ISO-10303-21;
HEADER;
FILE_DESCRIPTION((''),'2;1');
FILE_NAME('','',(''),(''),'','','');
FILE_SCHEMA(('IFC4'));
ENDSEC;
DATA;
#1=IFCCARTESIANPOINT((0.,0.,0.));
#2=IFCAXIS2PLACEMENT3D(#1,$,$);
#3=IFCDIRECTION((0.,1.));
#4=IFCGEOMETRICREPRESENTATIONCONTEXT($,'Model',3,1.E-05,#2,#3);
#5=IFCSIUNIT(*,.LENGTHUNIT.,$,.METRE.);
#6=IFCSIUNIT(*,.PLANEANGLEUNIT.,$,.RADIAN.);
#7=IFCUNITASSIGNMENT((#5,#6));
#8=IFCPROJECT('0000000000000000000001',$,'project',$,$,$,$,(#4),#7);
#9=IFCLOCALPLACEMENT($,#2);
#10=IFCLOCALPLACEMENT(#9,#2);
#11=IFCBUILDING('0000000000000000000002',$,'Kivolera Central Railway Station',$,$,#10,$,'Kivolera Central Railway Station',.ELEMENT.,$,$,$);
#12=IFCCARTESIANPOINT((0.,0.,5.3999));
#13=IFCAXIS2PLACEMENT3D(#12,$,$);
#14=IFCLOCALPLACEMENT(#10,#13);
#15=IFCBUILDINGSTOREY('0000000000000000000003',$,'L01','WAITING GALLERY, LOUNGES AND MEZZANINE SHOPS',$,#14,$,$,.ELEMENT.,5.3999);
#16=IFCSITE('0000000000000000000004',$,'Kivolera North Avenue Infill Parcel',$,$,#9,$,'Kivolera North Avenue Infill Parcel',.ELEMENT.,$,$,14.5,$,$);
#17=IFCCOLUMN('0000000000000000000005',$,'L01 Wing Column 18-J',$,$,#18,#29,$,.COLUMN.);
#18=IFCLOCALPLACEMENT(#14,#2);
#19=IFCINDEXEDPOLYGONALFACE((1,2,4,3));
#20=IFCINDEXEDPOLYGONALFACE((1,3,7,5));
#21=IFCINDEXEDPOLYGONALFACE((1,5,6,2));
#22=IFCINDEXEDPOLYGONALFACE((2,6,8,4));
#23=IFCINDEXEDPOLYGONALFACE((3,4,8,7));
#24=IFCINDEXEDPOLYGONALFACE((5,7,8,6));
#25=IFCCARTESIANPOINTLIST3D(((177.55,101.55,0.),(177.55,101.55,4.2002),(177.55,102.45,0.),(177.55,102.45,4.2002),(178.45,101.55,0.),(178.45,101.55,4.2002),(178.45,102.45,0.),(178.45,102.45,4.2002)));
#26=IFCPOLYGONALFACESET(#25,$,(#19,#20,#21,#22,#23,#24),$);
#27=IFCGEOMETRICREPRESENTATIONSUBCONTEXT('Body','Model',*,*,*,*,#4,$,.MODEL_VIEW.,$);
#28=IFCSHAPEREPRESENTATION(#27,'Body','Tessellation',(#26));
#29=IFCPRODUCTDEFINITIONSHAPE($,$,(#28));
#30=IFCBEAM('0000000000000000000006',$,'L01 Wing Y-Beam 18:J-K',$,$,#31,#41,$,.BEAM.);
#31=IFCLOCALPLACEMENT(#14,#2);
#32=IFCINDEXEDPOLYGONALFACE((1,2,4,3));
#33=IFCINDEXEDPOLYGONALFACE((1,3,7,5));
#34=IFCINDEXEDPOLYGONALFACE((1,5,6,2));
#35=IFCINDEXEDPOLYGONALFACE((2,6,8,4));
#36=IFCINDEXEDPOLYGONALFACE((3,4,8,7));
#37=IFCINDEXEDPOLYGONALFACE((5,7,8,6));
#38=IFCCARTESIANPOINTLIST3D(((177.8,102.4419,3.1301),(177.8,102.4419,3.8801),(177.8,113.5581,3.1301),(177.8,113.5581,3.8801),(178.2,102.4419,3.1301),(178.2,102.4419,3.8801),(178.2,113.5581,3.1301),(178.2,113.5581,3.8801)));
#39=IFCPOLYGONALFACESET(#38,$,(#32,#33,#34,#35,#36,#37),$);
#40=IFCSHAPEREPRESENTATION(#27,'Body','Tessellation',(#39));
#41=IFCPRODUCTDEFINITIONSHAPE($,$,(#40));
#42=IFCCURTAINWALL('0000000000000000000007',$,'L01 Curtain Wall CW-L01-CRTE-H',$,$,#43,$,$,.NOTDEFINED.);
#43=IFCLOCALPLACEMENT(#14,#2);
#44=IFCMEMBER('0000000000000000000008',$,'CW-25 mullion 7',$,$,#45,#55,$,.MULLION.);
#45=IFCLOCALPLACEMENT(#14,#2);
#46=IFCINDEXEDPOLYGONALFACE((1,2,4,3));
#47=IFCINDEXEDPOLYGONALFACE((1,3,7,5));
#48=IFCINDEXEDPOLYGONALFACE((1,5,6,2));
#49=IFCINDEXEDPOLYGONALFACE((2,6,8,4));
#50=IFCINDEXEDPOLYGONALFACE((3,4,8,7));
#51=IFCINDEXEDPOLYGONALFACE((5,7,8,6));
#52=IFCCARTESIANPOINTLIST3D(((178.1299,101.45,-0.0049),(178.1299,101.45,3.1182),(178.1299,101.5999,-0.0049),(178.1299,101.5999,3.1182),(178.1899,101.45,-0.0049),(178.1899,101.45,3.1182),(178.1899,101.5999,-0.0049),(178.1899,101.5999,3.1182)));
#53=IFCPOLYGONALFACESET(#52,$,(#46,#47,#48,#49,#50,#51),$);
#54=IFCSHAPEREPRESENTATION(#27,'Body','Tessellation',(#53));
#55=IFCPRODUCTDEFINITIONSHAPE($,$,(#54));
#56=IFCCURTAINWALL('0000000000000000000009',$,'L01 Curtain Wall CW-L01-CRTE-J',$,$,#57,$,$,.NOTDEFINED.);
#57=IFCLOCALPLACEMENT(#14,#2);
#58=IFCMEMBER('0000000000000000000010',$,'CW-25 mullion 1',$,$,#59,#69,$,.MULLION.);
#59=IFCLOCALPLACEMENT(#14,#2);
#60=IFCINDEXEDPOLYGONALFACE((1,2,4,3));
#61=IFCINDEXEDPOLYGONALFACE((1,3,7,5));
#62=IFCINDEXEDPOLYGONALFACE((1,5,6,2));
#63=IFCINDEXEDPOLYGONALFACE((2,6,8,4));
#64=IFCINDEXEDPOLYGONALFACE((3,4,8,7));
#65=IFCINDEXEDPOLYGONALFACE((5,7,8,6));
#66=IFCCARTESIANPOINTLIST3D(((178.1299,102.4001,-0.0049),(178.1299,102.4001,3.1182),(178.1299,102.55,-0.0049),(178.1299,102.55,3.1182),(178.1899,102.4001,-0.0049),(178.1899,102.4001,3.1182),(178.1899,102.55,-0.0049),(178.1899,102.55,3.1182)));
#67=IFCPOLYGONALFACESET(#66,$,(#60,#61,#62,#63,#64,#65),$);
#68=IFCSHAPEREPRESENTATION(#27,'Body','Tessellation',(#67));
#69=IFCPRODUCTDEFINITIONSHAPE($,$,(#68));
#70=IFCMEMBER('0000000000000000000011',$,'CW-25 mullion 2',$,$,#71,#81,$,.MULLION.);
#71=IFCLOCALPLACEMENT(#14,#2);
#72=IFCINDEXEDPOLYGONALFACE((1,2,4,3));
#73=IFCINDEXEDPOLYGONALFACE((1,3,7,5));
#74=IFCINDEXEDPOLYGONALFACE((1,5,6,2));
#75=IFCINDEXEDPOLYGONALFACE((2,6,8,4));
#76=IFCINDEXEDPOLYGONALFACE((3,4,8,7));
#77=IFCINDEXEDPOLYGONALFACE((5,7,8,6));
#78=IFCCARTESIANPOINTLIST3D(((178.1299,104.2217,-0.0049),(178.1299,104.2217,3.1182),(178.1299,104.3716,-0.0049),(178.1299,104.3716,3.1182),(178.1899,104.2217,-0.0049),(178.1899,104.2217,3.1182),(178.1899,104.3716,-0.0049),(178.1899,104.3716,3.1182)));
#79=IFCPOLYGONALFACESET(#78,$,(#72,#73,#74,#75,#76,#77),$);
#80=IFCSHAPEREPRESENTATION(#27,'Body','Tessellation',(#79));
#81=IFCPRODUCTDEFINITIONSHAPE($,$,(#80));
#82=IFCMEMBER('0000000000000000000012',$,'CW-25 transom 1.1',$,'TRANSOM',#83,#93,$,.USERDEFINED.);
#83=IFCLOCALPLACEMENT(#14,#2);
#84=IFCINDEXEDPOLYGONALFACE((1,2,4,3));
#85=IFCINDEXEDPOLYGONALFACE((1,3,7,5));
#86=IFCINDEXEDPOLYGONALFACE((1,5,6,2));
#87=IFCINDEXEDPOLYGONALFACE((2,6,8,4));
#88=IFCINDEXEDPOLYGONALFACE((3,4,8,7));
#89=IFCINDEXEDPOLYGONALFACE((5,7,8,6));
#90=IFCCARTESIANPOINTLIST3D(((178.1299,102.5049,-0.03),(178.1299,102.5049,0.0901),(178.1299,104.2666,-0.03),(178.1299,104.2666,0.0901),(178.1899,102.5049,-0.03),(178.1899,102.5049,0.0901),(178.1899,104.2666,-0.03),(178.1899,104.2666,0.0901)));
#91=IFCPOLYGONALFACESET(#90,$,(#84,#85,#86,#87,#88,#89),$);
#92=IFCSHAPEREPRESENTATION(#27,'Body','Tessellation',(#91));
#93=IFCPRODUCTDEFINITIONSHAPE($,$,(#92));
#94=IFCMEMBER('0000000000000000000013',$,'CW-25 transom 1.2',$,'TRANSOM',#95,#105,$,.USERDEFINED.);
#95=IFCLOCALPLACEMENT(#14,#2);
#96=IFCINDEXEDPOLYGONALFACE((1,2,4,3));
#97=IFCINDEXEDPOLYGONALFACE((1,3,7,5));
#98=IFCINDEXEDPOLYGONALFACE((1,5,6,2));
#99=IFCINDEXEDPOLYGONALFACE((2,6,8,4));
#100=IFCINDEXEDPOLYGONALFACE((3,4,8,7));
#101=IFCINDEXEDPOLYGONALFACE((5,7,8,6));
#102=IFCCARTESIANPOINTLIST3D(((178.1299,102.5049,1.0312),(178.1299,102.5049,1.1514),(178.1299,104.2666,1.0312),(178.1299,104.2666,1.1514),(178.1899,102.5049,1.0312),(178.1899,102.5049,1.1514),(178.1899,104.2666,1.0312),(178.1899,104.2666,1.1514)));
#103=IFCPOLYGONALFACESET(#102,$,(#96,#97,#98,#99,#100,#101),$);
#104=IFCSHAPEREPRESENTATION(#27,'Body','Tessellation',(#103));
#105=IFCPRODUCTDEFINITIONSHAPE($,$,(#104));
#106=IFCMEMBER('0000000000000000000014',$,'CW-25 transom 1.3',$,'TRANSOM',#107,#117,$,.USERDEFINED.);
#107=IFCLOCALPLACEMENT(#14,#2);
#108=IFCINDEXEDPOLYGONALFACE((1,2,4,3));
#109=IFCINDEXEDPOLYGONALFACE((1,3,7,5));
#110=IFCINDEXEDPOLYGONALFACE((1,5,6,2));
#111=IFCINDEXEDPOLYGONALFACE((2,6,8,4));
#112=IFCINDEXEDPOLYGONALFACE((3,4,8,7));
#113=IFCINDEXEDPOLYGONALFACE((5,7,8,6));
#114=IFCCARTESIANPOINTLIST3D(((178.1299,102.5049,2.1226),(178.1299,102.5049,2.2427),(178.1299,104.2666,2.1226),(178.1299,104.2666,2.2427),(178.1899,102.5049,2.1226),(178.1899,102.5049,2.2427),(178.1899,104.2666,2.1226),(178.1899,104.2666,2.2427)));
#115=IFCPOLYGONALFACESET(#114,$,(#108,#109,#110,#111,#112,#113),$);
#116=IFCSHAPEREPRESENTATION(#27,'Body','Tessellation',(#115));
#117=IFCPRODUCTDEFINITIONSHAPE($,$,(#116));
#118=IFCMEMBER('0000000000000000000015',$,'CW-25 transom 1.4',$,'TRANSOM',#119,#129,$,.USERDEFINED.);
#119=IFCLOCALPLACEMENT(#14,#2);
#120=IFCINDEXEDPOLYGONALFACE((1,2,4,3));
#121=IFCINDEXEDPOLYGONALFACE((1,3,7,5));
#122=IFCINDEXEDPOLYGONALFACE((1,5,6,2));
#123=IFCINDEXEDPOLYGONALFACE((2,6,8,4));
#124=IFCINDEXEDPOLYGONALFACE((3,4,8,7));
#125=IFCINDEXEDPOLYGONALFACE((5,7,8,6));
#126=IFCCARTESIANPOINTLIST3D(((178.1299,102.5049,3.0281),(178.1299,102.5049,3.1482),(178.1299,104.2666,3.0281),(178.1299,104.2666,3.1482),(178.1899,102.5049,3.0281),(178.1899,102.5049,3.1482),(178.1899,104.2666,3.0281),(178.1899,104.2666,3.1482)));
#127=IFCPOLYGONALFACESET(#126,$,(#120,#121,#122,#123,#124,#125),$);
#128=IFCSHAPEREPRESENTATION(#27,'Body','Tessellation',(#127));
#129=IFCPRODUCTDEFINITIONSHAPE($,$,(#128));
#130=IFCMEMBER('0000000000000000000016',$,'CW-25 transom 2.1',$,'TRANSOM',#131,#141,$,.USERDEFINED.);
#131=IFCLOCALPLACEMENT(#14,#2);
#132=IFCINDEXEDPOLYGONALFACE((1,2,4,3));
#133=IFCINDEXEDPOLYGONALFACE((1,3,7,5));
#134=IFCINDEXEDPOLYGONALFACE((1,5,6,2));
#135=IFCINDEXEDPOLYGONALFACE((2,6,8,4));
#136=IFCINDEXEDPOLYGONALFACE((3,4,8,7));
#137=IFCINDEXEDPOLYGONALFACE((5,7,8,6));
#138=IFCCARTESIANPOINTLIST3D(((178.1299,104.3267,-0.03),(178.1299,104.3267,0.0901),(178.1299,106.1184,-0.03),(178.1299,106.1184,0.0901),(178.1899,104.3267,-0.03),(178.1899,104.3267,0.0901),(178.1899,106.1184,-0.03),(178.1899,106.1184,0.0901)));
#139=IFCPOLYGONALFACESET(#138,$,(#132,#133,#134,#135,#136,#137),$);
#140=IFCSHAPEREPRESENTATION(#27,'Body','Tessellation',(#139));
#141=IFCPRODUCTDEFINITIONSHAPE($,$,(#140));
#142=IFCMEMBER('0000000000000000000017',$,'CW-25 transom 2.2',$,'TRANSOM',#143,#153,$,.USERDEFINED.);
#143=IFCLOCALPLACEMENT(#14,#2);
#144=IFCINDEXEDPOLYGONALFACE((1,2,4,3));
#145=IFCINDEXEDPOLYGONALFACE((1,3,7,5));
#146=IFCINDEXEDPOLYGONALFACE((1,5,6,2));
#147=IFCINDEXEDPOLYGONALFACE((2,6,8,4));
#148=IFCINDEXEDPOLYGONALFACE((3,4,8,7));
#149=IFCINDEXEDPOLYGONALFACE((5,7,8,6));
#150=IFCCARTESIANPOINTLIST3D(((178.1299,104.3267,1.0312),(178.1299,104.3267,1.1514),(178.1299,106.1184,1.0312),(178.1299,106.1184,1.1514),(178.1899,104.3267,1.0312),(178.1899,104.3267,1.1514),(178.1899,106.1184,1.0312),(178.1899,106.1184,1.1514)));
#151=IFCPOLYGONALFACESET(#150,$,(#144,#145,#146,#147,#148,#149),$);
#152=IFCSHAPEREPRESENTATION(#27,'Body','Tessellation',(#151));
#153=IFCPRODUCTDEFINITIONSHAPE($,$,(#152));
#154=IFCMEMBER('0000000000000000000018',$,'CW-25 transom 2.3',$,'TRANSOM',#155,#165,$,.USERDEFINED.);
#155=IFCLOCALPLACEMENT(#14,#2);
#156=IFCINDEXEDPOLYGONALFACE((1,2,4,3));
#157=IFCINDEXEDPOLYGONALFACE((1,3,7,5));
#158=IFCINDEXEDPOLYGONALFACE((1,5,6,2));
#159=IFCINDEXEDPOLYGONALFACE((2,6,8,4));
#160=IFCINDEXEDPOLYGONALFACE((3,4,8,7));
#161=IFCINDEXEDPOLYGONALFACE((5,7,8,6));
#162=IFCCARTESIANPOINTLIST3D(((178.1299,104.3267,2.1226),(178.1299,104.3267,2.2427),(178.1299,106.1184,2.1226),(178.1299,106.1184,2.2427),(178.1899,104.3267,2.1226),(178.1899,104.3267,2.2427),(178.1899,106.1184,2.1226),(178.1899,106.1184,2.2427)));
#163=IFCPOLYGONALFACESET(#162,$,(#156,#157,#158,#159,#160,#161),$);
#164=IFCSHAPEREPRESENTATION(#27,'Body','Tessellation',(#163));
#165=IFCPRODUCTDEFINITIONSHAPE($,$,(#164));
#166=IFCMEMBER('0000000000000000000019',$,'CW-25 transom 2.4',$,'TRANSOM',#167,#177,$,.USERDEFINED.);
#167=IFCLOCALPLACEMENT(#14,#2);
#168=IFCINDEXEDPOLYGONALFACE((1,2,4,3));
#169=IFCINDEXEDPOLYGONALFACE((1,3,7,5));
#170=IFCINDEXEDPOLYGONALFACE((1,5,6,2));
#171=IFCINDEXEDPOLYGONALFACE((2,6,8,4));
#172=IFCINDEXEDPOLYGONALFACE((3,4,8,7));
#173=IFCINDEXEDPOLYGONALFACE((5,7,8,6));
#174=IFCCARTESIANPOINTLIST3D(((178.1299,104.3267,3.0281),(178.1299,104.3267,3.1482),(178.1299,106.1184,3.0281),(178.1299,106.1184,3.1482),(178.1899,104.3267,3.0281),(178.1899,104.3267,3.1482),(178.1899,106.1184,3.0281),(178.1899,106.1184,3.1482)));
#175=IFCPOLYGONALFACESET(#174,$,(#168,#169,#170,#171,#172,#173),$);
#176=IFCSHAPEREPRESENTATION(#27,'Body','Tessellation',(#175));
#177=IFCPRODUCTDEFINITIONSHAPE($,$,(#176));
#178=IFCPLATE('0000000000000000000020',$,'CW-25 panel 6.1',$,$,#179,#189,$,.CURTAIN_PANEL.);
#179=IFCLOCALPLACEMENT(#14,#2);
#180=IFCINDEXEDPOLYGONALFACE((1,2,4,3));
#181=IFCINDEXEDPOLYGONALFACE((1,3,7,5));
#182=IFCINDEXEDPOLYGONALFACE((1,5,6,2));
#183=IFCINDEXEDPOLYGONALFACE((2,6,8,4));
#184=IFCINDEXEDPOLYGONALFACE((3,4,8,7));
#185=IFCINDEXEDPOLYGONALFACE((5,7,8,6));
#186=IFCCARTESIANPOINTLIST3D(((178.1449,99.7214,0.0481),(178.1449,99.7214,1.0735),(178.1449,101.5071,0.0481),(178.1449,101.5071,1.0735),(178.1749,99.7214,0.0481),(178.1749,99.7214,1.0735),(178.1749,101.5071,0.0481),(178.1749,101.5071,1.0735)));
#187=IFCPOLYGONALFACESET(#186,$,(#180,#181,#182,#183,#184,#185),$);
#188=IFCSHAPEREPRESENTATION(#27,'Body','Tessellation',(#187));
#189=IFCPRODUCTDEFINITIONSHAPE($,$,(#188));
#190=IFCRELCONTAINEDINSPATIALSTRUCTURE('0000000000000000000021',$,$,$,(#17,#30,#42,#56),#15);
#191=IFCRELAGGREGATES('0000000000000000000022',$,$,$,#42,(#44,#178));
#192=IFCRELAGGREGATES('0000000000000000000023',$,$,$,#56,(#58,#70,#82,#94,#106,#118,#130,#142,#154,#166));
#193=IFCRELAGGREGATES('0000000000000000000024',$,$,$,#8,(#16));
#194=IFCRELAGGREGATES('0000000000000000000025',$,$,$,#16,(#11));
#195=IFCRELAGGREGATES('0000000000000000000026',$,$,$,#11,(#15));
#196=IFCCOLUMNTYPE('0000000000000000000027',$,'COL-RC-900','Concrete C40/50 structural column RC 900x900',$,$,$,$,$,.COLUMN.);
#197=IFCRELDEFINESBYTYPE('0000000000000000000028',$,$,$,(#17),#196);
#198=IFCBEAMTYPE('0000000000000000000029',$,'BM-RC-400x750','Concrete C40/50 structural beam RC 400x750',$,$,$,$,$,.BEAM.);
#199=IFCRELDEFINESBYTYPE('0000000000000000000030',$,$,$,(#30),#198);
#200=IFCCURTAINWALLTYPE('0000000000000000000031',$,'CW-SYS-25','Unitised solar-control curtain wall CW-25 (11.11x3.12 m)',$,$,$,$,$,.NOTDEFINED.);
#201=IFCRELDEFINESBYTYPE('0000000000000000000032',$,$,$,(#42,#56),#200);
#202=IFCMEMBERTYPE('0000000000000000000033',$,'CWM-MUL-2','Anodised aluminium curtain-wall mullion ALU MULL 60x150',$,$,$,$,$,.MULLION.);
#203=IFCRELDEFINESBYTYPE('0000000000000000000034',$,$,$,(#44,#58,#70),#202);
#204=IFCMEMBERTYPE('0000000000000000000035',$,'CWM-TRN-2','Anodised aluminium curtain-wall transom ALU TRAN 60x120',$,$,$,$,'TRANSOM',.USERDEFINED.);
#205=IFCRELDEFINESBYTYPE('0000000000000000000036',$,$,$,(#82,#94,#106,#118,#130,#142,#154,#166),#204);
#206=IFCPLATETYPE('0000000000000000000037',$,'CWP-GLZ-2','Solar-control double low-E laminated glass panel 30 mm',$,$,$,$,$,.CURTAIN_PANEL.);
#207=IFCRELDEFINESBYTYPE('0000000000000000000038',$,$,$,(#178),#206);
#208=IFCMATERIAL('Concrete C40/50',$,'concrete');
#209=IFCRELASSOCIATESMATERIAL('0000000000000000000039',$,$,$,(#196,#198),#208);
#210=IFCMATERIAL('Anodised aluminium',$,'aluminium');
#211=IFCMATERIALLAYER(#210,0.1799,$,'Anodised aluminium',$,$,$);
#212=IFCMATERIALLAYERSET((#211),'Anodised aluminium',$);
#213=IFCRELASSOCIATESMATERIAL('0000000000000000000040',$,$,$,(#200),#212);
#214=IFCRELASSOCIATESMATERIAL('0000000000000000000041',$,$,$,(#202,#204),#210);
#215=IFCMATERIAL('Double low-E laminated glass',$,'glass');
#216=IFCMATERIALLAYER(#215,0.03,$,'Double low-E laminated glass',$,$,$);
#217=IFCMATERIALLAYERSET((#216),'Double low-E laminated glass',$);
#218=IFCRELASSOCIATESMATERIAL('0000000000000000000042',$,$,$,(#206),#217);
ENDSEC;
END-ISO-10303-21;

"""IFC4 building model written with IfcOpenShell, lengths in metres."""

from ifc_helpers import new_model, si_unit, direction, frame, origin, origin_2d, place, context, subcontext, project, spatial, rectangle, extrude, material, layer, layer_set, material_profile, profile_set, type_object, element, aggregate, save


model = new_model("IFC4")

# Units and contexts
model_context = context("Model", 3, precision=1e-05, world=origin(), true_north=direction((0.0, 1.0)))
body_context = subcontext(model_context, "Body", "Model", "MODEL_VIEW")
ifc_project = project(units=[si_unit("LENGTHUNIT", "METRE"), si_unit("PLANEANGLEUNIT", "RADIAN")], contexts=[model_context])

# Site, building, storey
site_placement = place(None, origin())
site = spatial("IfcSite", under=ifc_project, at=site_placement, Name="Kivolera North Avenue Infill Parcel", LongName="Kivolera North Avenue Infill Parcel", CompositionType="ELEMENT", RefElevation=14.5)
building_placement = place(site_placement, origin())
building = spatial("IfcBuilding", under=site, at=building_placement, Name="Kivolera Central Railway Station", LongName="Kivolera Central Railway Station", CompositionType="ELEMENT")
storey_placement = place(building_placement, frame((0.0, 0.0, 5.3999)))
storey = spatial("IfcBuildingStorey", under=building, at=storey_placement, Name="L01", Description="WAITING GALLERY, LOUNGES AND MEZZANINE SHOPS", CompositionType="ELEMENT", Elevation=5.3999)

# Column
ifc_material_1 = material(Name="Concrete C40/50", Category="concrete")
ifc_material_profile_1 = material_profile(ifc_material_1, rectangle(XDim=0.8999, YDim=0.8999, at=origin_2d()), Name="RC 900x900")
ifc_profile_set_1 = profile_set([ifc_material_profile_1], Name="Concrete C40/50")
column_type = type_object("IfcColumnType", Name="COL-RC-900", Description="Concrete C40/50 structural column RC 900x900", PredefinedType="COLUMN", material=ifc_profile_set_1)
column_placement = place(storey_placement, frame((178.0, 102.0, 0.0), z_axis=(0.0, 0.0, 1.0), x_axis=(1.0, 0.0, 0.0)))
element("IfcColumn", 1, at=column_placement, inside=storey, type_object=column_type, Name="L01 Wing Column 18-J", PredefinedType="COLUMN", context=body_context, shape_type="SweptSolid", body=[
    extrude(rectangle(XDim=0.8999, YDim=0.8999, at=origin_2d()), origin(), (0.0, 0.0, 1.0), 4.2002),
])

# Beam
ifc_material_profile_2 = material_profile(ifc_material_1, rectangle(XDim=0.3999, YDim=0.75, at=origin_2d()), Name="RC 400x750")
ifc_profile_set_2 = profile_set([ifc_material_profile_2], Name="Concrete C40/50")
beam_type = type_object("IfcBeamType", Name="BM-RC-400x750", Description="Concrete C40/50 structural beam RC 400x750", PredefinedType="BEAM", material=ifc_profile_set_2)
beam_placement = place(storey_placement, frame((178.0, 102.4419, 3.5051), z_axis=(0.0, 1.0, 0.0), x_axis=(-1.0, 0.0, 0.0)))
element("IfcBeam", 2, at=beam_placement, inside=storey, type_object=beam_type, Name="L01 Wing Y-Beam 18:J-K", PredefinedType="BEAM", context=body_context, shape_type="SweptSolid", body=[
    extrude(rectangle(XDim=0.3999, YDim=0.75, at=origin_2d()), origin(), (0.0, 0.0, 1.0), 11.1162),
])

# Curtain wall, member
ifc_material_2 = material(Name="Anodised aluminium", Category="aluminium")
ifc_layer_1 = layer(ifc_material_2, 0.1799, Name="Anodised aluminium")
ifc_layer_set_1 = layer_set([ifc_layer_1], Name="Anodised aluminium")
curtain_wall_type = type_object("IfcCurtainWallType", Name="CW-SYS-25", Description="Unitised solar-control curtain wall CW-25 (11.11x3.12 m)", PredefinedType="NOTDEFINED", material=ifc_layer_set_1)
curtain_wall_1_placement = place(storey_placement, origin())
curtain_wall_1 = element("IfcCurtainWall", 3, at=curtain_wall_1_placement, inside=storey, type_object=curtain_wall_type, Name="L01 Curtain Wall CW-L01-CRTE-H", PredefinedType="NOTDEFINED")
ifc_material_profile_3 = material_profile(ifc_material_2, rectangle(XDim=0.0601, YDim=0.1499, at=origin_2d()), Name="ALU MULL 60x150")
ifc_profile_set_3 = profile_set([ifc_material_profile_3], Name="Anodised aluminium")
member_type_1 = type_object("IfcMemberType", Name="CWM-MUL-2", Description="Anodised aluminium curtain-wall mullion ALU MULL 60x150", PredefinedType="MULLION", material=ifc_profile_set_3)
member_1_placement = place(storey_placement, frame((178.1599, 101.5249, -0.0049), z_axis=(0.0, 0.0, 1.0), x_axis=(-1.0, 0.0, 0.0)))
member_1 = element("IfcMember", 4, at=member_1_placement, type_object=member_type_1, Name="CW-25 mullion 7", PredefinedType="MULLION", context=body_context, shape_type="SweptSolid", body=[
    extrude(rectangle(XDim=0.0601, YDim=0.1499, at=origin_2d()), origin(), (0.0, 0.0, 1.0), 3.123),
])

# Curtain wall, members
curtain_wall_2_placement = place(storey_placement, origin())
curtain_wall_2 = element("IfcCurtainWall", 5, at=curtain_wall_2_placement, inside=storey, type_object=curtain_wall_type, Name="L01 Curtain Wall CW-L01-CRTE-J", PredefinedType="NOTDEFINED")
member_2_placement = place(storey_placement, frame((178.1599, 102.4751, -0.0049), z_axis=(0.0, 0.0, 1.0), x_axis=(-1.0, 0.0, 0.0)))
member_2 = element("IfcMember", 6, at=member_2_placement, type_object=member_type_1, Name="CW-25 mullion 1", PredefinedType="MULLION", context=body_context, shape_type="SweptSolid", body=[
    extrude(rectangle(XDim=0.0601, YDim=0.1499, at=origin_2d()), origin(), (0.0, 0.0, 1.0), 3.123),
])
member_3_placement = place(storey_placement, frame((178.1599, 104.2966, -0.0049), z_axis=(0.0, 0.0, 1.0), x_axis=(-1.0, 0.0, 0.0)))
member_3 = element("IfcMember", 7, at=member_3_placement, type_object=member_type_1, Name="CW-25 mullion 2", PredefinedType="MULLION", context=body_context, shape_type="SweptSolid", body=[
    extrude(rectangle(XDim=0.0601, YDim=0.1499, at=origin_2d()), origin(), (0.0, 0.0, 1.0), 3.123),
])
ifc_material_profile_4 = material_profile(ifc_material_2, rectangle(XDim=0.0601, YDim=0.1201, at=origin_2d()), Name="ALU TRAN 60x120")
ifc_profile_set_4 = profile_set([ifc_material_profile_4], Name="Anodised aluminium")
member_type_2 = type_object("IfcMemberType", Name="CWM-TRN-2", Description="Anodised aluminium curtain-wall transom ALU TRAN 60x120", ElementType="TRANSOM", PredefinedType="USERDEFINED", material=ifc_profile_set_4)
member_4_placement = place(storey_placement, frame((178.1599, 102.5049, 0.03), z_axis=(0.0, 1.0, 0.0), x_axis=(-1.0, 0.0, 0.0)))
member_4 = element("IfcMember", 8, at=member_4_placement, type_object=member_type_2, Name="CW-25 transom 1.1", ObjectType="TRANSOM", PredefinedType="USERDEFINED", context=body_context, shape_type="SweptSolid", body=[
    extrude(rectangle(XDim=0.0601, YDim=0.1201, at=origin_2d()), origin(), (0.0, 0.0, 1.0), 1.7617),
])
member_5_placement = place(storey_placement, frame((178.1599, 102.5049, 1.0913), z_axis=(0.0, 1.0, 0.0), x_axis=(-1.0, 0.0, 0.0)))
member_5 = element("IfcMember", 9, at=member_5_placement, type_object=member_type_2, Name="CW-25 transom 1.2", ObjectType="TRANSOM", PredefinedType="USERDEFINED", context=body_context, shape_type="SweptSolid", body=[
    extrude(rectangle(XDim=0.0601, YDim=0.1201, at=origin_2d()), origin(), (0.0, 0.0, 1.0), 1.7617),
])
member_6_placement = place(storey_placement, frame((178.1599, 102.5049, 2.1826), z_axis=(0.0, 1.0, 0.0), x_axis=(-1.0, 0.0, 0.0)))
member_6 = element("IfcMember", 10, at=member_6_placement, type_object=member_type_2, Name="CW-25 transom 1.3", ObjectType="TRANSOM", PredefinedType="USERDEFINED", context=body_context, shape_type="SweptSolid", body=[
    extrude(rectangle(XDim=0.0601, YDim=0.1201, at=origin_2d()), origin(), (0.0, 0.0, 1.0), 1.7617),
])
member_7_placement = place(storey_placement, frame((178.1599, 102.5049, 3.0881), z_axis=(0.0, 1.0, 0.0), x_axis=(-1.0, 0.0, 0.0)))
member_7 = element("IfcMember", 11, at=member_7_placement, type_object=member_type_2, Name="CW-25 transom 1.4", ObjectType="TRANSOM", PredefinedType="USERDEFINED", context=body_context, shape_type="SweptSolid", body=[
    extrude(rectangle(XDim=0.0601, YDim=0.1201, at=origin_2d()), origin(), (0.0, 0.0, 1.0), 1.7617),
])
member_8_placement = place(storey_placement, frame((178.1599, 104.3267, 0.03), z_axis=(0.0, 1.0, 0.0), x_axis=(-1.0, 0.0, 0.0)))
member_8 = element("IfcMember", 12, at=member_8_placement, type_object=member_type_2, Name="CW-25 transom 2.1", ObjectType="TRANSOM", PredefinedType="USERDEFINED", context=body_context, shape_type="SweptSolid", body=[
    extrude(rectangle(XDim=0.0601, YDim=0.1201, at=origin_2d()), origin(), (0.0, 0.0, 1.0), 1.7917),
])
member_9_placement = place(storey_placement, frame((178.1599, 104.3267, 1.0913), z_axis=(0.0, 1.0, 0.0), x_axis=(-1.0, 0.0, 0.0)))
member_9 = element("IfcMember", 13, at=member_9_placement, type_object=member_type_2, Name="CW-25 transom 2.2", ObjectType="TRANSOM", PredefinedType="USERDEFINED", context=body_context, shape_type="SweptSolid", body=[
    extrude(rectangle(XDim=0.0601, YDim=0.1201, at=origin_2d()), origin(), (0.0, 0.0, 1.0), 1.7917),
])
member_10_placement = place(storey_placement, frame((178.1599, 104.3267, 2.1826), z_axis=(0.0, 1.0, 0.0), x_axis=(-1.0, 0.0, 0.0)))
member_10 = element("IfcMember", 14, at=member_10_placement, type_object=member_type_2, Name="CW-25 transom 2.3", ObjectType="TRANSOM", PredefinedType="USERDEFINED", context=body_context, shape_type="SweptSolid", body=[
    extrude(rectangle(XDim=0.0601, YDim=0.1201, at=origin_2d()), origin(), (0.0, 0.0, 1.0), 1.7917),
])
member_11_placement = place(storey_placement, frame((178.1599, 104.3267, 3.0881), z_axis=(0.0, 1.0, 0.0), x_axis=(-1.0, 0.0, 0.0)))
member_11 = element("IfcMember", 15, at=member_11_placement, type_object=member_type_2, Name="CW-25 transom 2.4", ObjectType="TRANSOM", PredefinedType="USERDEFINED", context=body_context, shape_type="SweptSolid", body=[
    extrude(rectangle(XDim=0.0601, YDim=0.1201, at=origin_2d()), origin(), (0.0, 0.0, 1.0), 1.7917),
])

# Plate
ifc_material_3 = material(Name="Double low-E laminated glass", Category="glass")
ifc_layer_2 = layer(ifc_material_3, 0.03, Name="Double low-E laminated glass")
ifc_layer_set_2 = layer_set([ifc_layer_2], Name="Double low-E laminated glass")
plate_type = type_object("IfcPlateType", Name="CWP-GLZ-2", Description="Solar-control double low-E laminated glass panel 30 mm", PredefinedType="CURTAIN_PANEL", material=ifc_layer_set_2)
plate_1_placement = place(storey_placement, frame((178.1599, 100.6143, 0.0481), z_axis=(0.0, 0.0, 1.0), x_axis=(0.0, 1.0, 0.0)))
plate_1 = element("IfcPlate", 16, at=plate_1_placement, type_object=plate_type, Name="CW-25 panel 6.1", PredefinedType="CURTAIN_PANEL", context=body_context, shape_type="SweptSolid", body=[
    extrude(rectangle(XDim=1.7856, YDim=0.03, at=origin_2d()), origin(), (0.0, 0.0, 1.0), 1.0254),
])
aggregate(curtain_wall_1, [member_1, plate_1])
aggregate(curtain_wall_2, [member_2, member_3, member_4, member_5, member_6, member_7, member_8, member_9, member_10, member_11])

save(model, "model.ifc")
